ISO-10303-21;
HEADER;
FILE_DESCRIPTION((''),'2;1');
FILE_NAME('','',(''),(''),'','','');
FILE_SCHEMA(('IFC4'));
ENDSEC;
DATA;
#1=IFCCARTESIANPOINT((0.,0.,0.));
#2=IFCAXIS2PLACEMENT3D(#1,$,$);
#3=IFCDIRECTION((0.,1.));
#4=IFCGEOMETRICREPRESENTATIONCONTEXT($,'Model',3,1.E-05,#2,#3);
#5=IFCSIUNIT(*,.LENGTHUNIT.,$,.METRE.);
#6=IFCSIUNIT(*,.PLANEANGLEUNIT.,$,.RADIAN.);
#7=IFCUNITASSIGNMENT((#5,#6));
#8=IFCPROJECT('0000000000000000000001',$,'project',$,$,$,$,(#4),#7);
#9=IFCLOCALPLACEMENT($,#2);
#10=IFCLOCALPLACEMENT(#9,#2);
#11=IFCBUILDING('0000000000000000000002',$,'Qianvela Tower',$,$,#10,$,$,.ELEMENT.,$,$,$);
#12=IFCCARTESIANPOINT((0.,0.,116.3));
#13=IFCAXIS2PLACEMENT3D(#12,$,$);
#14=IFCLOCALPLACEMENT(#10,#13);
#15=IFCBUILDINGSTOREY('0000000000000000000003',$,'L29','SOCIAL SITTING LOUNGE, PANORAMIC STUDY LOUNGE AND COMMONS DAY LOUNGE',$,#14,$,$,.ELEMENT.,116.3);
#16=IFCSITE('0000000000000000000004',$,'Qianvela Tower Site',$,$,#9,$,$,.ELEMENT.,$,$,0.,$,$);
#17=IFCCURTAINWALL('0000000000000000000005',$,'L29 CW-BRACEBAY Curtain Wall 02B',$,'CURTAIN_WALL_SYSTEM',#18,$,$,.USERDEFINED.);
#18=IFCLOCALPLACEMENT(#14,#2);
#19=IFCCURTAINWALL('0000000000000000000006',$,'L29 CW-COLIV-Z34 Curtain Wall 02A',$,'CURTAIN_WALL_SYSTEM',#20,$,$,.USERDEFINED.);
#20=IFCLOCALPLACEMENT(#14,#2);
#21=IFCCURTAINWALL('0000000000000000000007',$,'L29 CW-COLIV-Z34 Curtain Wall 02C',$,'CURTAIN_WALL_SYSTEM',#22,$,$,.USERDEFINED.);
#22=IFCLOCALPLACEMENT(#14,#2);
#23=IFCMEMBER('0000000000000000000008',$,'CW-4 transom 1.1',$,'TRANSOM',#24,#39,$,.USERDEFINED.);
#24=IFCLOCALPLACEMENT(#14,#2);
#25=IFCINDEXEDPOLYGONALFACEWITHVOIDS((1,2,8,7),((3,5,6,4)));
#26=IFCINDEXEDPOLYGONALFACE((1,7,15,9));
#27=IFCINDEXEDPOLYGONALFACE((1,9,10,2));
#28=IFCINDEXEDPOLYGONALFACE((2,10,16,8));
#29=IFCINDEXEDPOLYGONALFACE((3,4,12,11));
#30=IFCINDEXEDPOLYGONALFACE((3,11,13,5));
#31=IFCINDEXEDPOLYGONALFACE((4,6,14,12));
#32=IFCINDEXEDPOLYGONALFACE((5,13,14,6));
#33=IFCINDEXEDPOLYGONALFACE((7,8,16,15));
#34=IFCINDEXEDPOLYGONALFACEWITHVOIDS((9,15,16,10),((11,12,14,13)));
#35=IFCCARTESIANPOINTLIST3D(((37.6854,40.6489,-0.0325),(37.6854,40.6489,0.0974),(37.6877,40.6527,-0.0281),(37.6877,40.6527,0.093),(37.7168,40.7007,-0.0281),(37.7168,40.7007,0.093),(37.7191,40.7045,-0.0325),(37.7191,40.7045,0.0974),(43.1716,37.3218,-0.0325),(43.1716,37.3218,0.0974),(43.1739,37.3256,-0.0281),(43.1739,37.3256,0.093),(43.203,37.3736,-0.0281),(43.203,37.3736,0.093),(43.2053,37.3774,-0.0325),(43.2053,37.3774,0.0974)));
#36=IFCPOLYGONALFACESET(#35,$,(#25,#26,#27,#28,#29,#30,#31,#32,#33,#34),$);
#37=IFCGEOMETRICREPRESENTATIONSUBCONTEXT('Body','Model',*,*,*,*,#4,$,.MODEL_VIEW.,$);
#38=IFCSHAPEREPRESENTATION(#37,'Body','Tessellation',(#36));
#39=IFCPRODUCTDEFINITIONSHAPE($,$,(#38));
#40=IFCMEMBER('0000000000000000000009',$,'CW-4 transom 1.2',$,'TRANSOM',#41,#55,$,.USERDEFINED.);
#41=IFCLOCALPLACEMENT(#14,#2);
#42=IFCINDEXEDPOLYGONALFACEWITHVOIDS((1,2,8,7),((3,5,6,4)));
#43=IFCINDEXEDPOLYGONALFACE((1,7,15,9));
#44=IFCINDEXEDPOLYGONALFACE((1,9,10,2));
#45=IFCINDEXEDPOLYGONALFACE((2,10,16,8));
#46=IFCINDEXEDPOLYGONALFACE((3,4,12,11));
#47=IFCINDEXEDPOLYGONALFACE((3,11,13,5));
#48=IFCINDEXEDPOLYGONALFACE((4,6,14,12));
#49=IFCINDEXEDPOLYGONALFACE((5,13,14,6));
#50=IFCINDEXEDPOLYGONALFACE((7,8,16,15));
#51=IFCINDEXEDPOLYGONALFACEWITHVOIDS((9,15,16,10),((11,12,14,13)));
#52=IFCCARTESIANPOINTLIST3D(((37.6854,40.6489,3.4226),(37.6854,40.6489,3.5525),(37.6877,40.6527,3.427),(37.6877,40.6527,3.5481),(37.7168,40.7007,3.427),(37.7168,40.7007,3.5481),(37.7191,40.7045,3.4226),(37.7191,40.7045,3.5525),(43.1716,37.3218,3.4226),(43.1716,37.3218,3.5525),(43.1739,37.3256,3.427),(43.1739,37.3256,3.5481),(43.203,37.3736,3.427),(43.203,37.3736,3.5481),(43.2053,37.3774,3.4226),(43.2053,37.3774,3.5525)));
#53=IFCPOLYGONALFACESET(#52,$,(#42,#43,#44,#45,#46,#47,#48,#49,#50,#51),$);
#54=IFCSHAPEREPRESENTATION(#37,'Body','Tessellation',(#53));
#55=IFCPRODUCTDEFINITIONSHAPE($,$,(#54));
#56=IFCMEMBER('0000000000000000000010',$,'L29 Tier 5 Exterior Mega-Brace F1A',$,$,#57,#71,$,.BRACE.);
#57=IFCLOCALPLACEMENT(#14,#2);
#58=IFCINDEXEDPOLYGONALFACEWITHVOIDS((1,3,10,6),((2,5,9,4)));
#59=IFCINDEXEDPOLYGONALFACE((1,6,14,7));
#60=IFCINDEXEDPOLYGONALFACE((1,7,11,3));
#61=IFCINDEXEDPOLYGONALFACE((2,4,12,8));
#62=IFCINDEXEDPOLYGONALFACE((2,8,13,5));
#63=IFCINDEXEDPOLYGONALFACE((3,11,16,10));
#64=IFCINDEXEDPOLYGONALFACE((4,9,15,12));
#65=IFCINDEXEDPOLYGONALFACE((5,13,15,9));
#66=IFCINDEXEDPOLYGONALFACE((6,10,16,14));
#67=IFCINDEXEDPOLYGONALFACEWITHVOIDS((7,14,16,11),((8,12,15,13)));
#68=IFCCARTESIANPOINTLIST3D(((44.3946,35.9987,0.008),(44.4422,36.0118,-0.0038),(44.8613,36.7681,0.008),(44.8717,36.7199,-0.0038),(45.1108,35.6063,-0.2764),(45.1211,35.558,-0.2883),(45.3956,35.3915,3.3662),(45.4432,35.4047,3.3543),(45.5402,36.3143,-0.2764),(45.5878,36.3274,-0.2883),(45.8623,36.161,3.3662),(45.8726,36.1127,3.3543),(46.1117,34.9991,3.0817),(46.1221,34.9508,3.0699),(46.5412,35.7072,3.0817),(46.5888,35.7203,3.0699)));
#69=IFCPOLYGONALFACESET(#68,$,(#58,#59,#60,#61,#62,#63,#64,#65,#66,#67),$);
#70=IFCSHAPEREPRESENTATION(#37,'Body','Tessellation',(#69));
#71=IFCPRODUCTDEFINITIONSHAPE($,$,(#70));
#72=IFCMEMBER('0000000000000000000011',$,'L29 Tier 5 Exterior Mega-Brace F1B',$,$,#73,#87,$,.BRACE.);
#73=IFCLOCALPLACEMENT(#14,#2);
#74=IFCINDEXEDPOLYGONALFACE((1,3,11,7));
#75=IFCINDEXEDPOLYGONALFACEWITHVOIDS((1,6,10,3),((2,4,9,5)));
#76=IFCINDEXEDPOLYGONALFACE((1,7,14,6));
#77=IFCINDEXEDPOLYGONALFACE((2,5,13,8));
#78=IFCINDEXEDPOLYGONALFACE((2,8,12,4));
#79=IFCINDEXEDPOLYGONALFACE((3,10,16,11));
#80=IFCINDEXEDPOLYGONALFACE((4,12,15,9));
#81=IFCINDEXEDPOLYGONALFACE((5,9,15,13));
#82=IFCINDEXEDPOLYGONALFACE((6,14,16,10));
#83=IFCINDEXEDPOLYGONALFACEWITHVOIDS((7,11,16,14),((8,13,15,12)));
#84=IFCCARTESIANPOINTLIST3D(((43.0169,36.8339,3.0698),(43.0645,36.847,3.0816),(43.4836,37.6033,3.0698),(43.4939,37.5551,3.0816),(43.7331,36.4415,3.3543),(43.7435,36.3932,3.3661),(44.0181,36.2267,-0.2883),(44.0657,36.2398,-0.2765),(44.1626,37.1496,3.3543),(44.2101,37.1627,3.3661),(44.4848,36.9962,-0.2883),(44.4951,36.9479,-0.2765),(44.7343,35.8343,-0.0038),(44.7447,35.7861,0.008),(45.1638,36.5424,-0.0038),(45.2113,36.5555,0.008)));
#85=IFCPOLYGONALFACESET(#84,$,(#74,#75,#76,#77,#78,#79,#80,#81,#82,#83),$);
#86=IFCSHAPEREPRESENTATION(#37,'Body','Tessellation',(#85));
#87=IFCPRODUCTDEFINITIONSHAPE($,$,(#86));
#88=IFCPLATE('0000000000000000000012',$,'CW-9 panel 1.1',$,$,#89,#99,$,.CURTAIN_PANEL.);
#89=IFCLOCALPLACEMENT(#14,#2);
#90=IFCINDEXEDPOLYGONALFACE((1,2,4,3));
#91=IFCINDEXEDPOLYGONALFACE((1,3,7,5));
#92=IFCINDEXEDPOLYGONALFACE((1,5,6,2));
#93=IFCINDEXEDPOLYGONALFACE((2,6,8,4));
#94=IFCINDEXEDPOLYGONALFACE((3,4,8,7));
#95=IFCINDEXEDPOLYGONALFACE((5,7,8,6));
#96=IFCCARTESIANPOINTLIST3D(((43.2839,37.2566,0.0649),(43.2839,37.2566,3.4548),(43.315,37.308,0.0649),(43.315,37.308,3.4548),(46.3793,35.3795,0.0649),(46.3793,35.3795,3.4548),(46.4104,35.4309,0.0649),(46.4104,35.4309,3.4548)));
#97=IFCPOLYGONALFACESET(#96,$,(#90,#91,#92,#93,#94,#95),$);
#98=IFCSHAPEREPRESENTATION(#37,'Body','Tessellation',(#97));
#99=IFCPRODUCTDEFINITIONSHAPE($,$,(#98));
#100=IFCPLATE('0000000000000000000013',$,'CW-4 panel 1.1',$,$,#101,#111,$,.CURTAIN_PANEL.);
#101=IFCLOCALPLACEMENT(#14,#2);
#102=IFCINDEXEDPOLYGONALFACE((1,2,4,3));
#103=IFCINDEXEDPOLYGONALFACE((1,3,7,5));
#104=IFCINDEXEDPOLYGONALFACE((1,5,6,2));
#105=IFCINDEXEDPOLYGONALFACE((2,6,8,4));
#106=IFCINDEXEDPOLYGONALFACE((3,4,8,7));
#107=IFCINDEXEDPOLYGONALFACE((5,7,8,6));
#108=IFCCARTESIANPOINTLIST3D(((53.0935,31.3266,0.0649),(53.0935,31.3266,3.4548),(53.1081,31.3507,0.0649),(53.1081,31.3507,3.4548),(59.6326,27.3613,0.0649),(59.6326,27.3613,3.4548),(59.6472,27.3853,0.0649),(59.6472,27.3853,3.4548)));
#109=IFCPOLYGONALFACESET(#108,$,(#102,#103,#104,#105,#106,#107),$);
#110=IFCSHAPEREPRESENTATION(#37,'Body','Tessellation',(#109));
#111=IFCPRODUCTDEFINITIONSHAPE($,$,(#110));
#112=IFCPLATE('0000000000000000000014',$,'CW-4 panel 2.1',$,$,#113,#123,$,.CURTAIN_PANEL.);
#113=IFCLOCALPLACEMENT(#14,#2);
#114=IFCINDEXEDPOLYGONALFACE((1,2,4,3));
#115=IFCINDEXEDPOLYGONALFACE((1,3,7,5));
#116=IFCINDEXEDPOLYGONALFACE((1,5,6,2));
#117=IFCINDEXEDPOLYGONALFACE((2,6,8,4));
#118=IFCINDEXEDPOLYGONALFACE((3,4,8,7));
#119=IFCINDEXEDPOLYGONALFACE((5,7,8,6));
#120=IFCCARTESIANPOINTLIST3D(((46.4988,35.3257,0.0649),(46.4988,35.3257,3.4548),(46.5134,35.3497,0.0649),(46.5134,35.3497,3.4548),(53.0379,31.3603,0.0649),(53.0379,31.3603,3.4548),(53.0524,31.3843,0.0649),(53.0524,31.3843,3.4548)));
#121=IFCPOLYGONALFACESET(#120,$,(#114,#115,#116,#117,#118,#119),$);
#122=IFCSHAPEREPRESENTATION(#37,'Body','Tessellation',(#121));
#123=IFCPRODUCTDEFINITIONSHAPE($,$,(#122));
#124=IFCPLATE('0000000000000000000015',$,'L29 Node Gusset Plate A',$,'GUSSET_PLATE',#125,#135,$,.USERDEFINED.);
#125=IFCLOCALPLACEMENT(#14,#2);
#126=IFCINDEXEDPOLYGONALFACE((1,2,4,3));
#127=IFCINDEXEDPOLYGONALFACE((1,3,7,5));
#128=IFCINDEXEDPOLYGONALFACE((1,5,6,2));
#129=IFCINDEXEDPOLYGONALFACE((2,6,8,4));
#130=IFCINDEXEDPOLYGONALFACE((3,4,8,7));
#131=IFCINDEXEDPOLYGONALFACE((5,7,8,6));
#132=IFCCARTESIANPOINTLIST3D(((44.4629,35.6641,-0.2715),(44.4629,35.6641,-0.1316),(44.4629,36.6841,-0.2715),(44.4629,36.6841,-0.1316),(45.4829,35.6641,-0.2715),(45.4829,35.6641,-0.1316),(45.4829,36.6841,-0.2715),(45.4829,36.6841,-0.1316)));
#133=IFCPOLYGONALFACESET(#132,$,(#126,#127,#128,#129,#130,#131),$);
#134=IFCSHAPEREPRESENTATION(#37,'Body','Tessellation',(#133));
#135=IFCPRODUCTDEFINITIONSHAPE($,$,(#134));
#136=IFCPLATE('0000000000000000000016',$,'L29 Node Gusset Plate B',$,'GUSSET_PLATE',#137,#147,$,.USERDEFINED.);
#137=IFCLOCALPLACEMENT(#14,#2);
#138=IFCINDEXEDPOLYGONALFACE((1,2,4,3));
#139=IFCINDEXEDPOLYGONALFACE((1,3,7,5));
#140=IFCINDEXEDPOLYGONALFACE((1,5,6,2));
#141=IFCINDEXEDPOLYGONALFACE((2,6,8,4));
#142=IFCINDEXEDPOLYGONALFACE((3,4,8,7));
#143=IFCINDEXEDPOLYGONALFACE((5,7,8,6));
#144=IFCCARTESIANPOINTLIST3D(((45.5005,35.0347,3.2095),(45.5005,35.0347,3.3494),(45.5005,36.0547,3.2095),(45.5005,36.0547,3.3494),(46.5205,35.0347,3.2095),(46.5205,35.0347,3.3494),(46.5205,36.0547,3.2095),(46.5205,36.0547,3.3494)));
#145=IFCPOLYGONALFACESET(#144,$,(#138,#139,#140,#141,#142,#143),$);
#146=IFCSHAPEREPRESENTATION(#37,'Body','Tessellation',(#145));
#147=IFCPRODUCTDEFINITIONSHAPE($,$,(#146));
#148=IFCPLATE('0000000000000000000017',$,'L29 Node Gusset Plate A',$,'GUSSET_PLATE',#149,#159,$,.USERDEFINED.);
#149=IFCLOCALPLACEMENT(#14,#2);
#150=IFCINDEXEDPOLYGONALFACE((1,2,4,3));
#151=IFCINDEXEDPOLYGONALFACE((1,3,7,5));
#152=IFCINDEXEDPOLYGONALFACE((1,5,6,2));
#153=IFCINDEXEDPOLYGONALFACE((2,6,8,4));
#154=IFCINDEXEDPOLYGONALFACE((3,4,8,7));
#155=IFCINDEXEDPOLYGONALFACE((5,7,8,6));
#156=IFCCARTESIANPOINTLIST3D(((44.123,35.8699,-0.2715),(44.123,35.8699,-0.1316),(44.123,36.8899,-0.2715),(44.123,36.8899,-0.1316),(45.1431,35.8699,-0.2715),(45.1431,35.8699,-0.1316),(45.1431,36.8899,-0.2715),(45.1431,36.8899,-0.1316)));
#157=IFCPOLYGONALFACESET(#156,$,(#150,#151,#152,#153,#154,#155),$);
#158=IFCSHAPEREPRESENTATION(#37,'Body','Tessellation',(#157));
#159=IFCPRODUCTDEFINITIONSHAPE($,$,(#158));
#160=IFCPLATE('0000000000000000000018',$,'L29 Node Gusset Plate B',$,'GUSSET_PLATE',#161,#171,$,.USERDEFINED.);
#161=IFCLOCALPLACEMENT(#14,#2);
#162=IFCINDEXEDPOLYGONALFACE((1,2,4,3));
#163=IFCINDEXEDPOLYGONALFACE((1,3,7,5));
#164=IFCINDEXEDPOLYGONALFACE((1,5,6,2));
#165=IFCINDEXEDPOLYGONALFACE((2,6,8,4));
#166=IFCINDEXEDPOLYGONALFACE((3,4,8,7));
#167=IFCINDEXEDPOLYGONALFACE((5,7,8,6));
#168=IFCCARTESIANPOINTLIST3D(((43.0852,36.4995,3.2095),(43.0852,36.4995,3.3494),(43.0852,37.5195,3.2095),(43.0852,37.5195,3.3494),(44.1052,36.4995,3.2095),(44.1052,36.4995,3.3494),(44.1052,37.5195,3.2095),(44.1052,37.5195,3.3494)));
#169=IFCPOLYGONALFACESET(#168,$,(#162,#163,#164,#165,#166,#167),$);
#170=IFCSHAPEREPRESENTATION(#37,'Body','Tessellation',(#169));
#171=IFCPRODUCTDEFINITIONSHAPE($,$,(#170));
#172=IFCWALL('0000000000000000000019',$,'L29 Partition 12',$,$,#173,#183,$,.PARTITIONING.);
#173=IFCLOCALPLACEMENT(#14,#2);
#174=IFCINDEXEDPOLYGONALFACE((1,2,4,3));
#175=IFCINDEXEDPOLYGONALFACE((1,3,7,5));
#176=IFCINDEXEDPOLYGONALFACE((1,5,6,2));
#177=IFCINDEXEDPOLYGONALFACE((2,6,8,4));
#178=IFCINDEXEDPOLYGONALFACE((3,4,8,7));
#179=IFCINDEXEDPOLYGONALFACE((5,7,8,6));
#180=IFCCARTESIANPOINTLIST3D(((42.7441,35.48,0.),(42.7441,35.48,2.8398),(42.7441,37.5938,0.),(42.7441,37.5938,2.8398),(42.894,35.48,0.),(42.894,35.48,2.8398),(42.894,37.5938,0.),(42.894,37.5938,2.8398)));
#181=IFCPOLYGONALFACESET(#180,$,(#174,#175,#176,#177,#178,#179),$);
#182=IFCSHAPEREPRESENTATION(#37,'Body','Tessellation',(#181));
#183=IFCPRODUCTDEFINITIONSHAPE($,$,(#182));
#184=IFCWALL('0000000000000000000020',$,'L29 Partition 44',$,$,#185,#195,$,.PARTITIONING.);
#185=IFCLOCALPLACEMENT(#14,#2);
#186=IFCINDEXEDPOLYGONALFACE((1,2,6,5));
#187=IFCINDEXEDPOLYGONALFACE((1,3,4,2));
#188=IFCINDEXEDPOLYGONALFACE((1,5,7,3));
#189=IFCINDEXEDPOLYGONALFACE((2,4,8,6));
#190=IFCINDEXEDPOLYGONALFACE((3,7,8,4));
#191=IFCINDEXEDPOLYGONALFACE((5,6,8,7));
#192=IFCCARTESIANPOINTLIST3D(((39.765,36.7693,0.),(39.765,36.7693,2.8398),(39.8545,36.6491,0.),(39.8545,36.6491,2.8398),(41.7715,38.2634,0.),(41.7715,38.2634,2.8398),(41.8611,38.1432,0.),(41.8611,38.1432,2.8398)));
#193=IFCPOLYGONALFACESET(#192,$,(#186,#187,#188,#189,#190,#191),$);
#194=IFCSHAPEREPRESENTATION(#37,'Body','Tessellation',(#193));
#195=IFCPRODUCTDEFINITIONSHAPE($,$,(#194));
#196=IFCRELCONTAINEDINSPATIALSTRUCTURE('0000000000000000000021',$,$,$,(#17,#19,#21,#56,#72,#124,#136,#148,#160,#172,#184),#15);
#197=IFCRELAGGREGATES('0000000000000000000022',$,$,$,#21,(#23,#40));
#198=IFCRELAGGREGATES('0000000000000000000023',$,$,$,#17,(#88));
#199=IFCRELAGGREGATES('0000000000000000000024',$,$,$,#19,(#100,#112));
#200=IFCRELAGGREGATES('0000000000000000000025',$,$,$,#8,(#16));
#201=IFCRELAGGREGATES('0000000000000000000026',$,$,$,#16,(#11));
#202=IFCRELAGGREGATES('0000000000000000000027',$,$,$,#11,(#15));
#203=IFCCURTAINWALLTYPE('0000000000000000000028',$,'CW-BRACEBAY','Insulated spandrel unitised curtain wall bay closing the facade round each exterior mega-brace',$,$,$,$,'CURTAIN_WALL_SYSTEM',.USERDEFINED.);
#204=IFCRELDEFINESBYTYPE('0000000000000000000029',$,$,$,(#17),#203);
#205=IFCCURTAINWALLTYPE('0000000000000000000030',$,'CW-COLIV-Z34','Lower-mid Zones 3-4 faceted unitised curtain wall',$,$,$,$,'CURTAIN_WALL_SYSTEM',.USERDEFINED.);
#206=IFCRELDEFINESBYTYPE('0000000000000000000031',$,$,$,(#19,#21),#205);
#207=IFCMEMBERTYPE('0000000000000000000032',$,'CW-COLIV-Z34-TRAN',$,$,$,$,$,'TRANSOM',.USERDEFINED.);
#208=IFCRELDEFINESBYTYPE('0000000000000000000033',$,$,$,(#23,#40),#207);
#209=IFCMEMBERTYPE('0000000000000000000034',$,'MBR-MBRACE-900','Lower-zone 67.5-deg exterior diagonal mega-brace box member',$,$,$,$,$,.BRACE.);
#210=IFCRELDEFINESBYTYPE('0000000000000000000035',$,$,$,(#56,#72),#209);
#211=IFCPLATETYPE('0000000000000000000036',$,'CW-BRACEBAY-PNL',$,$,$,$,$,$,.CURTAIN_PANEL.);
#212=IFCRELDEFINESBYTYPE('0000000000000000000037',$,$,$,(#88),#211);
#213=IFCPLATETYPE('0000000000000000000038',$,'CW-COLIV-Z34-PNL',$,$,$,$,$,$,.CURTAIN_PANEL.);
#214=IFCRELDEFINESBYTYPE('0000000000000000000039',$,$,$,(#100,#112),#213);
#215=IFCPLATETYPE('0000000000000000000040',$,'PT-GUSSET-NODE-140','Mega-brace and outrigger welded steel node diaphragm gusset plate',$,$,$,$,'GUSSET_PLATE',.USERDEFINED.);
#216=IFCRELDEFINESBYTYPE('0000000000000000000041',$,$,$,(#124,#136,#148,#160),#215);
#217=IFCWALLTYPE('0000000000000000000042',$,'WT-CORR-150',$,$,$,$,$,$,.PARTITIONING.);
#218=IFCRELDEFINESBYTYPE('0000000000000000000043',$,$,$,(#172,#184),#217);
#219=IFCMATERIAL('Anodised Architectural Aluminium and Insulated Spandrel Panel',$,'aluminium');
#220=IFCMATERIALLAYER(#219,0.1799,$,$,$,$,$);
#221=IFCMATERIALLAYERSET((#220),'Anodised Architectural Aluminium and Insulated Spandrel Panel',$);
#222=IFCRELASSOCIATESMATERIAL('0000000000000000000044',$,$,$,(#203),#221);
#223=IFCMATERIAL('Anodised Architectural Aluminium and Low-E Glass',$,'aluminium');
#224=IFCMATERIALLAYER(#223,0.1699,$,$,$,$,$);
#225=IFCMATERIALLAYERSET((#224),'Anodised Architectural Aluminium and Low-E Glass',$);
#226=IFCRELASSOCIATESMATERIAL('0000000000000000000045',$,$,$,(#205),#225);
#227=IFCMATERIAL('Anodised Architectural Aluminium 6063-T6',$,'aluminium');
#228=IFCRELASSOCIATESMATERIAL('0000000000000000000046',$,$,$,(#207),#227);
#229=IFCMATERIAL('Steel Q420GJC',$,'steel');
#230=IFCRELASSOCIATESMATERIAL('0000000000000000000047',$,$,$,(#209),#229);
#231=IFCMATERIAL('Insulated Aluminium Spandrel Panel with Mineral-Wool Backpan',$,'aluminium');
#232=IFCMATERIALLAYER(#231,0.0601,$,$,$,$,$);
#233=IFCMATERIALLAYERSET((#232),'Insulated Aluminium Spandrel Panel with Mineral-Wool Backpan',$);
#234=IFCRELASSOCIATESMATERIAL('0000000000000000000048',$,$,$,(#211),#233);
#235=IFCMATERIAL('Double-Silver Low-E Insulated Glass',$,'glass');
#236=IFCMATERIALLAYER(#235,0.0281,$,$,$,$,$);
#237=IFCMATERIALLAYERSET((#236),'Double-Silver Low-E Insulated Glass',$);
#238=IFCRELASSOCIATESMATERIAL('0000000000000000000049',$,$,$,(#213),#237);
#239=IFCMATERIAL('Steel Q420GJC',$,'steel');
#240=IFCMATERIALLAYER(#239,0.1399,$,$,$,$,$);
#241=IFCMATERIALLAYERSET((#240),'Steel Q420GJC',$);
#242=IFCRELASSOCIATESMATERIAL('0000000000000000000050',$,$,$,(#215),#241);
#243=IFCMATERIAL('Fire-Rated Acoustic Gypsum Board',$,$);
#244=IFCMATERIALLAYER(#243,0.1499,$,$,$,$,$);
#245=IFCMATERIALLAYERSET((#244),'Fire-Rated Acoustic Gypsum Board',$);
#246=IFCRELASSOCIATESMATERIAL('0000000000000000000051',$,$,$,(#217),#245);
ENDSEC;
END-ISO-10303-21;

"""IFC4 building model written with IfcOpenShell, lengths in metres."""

from ifc_helpers import new_model, si_unit, direction, frame, frame_2d, origin, origin_2d, place, context, subcontext, project, spatial, rectangle, hollow_rectangle, extrude, material, layer, layer_set, material_profile, profile_set, type_object, element, aggregate, save


model = new_model("IFC4")

# Units and contexts
model_context = context("Model", 3, precision=1e-05, world=origin(), true_north=direction((0.0, 1.0)))
body_context = subcontext(model_context, "Body", "Model", "MODEL_VIEW")
ifc_project = project(units=[si_unit("LENGTHUNIT", "METRE"), si_unit("PLANEANGLEUNIT", "RADIAN")], contexts=[model_context])

# Site, building, storey
site_placement = place(None, origin())
site = spatial("IfcSite", under=ifc_project, at=site_placement, Name="Qianvela Tower Site", CompositionType="ELEMENT", RefElevation=0.0)
building_placement = place(site_placement, origin())
building = spatial("IfcBuilding", under=site, at=building_placement, Name="Qianvela Tower", CompositionType="ELEMENT")
storey_placement = place(building_placement, frame((0.0, 0.0, 116.3)))
storey = spatial("IfcBuildingStorey", under=building, at=storey_placement, Name="L29", Description="SOCIAL SITTING LOUNGE, PANORAMIC STUDY LOUNGE AND COMMONS DAY LOUNGE", CompositionType="ELEMENT", Elevation=116.3)

# Curtain walls
ifc_material_1 = material(Name="Anodised Architectural Aluminium and Insulated Spandrel Panel", Category="aluminium")
ifc_layer_1 = layer(ifc_material_1, 0.1799)
ifc_layer_set_1 = layer_set([ifc_layer_1], Name="Anodised Architectural Aluminium and Insulated Spandrel Panel")
curtain_wall_type_1 = type_object("IfcCurtainWallType", Name="CW-BRACEBAY", Description="Insulated spandrel unitised curtain wall bay closing the facade round each exterior mega-brace", ElementType="CURTAIN_WALL_SYSTEM", PredefinedType="USERDEFINED", material=ifc_layer_set_1)
curtain_wall_1_placement = place(storey_placement, origin())
curtain_wall_1 = element("IfcCurtainWall", 1, at=curtain_wall_1_placement, inside=storey, type_object=curtain_wall_type_1, Name="L29 CW-BRACEBAY Curtain Wall 02B", ObjectType="CURTAIN_WALL_SYSTEM", PredefinedType="USERDEFINED")
ifc_material_2 = material(Name="Anodised Architectural Aluminium and Low-E Glass", Category="aluminium")
ifc_layer_2 = layer(ifc_material_2, 0.1699)
ifc_layer_set_2 = layer_set([ifc_layer_2], Name="Anodised Architectural Aluminium and Low-E Glass")
curtain_wall_type_2 = type_object("IfcCurtainWallType", Name="CW-COLIV-Z34", Description="Lower-mid Zones 3-4 faceted unitised curtain wall", ElementType="CURTAIN_WALL_SYSTEM", PredefinedType="USERDEFINED", material=ifc_layer_set_2)
curtain_wall_2_placement = place(storey_placement, origin())
curtain_wall_2 = element("IfcCurtainWall", 2, at=curtain_wall_2_placement, inside=storey, type_object=curtain_wall_type_2, Name="L29 CW-COLIV-Z34 Curtain Wall 02A", ObjectType="CURTAIN_WALL_SYSTEM", PredefinedType="USERDEFINED")

# Curtain wall
curtain_wall_3_placement = place(storey_placement, origin())
curtain_wall_3 = element("IfcCurtainWall", 3, at=curtain_wall_3_placement, inside=storey, type_object=curtain_wall_type_2, Name="L29 CW-COLIV-Z34 Curtain Wall 02C", ObjectType="CURTAIN_WALL_SYSTEM", PredefinedType="USERDEFINED")

# Members
ifc_material_3 = material(Name="Anodised Architectural Aluminium 6063-T6", Category="aluminium")
ifc_material_profile_1 = material_profile(ifc_material_3, hollow_rectangle(XDim=0.0649, YDim=0.1299, WallThickness=0.0044, at=origin_2d()), Name="ALU-TRAN-65x130")
ifc_profile_set_1 = profile_set([ifc_material_profile_1], Name="Anodised Architectural Aluminium 6063-T6")
member_type_1 = type_object("IfcMemberType", Name="CW-COLIV-Z34-TRAN", ElementType="TRANSOM", PredefinedType="USERDEFINED", material=ifc_profile_set_1)
member_1_placement = place(storey_placement, frame((43.1885, 37.3496, 0.0325), z_axis=(-0.855053, 0.518541, 0.0), x_axis=(-0.518541, -0.855053, 0.0)))
member_1 = element("IfcMember", 4, at=member_1_placement, type_object=member_type_1, Name="CW-4 transom 1.1", ObjectType="TRANSOM", PredefinedType="USERDEFINED", context=body_context, shape_type="SweptSolid", body=[
    extrude(hollow_rectangle(XDim=0.0649, YDim=0.1299, WallThickness=0.0044, at=origin_2d()), origin(), (0.0, 0.0, 1.0), 6.4163),
])
member_2_placement = place(storey_placement, frame((43.1885, 37.3496, 3.4875), z_axis=(-0.855053, 0.518541, 0.0), x_axis=(-0.518541, -0.855053, 0.0)))
member_2 = element("IfcMember", 5, at=member_2_placement, type_object=member_type_1, Name="CW-4 transom 1.2", ObjectType="TRANSOM", PredefinedType="USERDEFINED", context=body_context, shape_type="SweptSolid", body=[
    extrude(hollow_rectangle(XDim=0.0649, YDim=0.1299, WallThickness=0.0044, at=origin_2d()), origin(), (0.0, 0.0, 1.0), 6.4163),
])
aggregate(curtain_wall_3, [member_1, member_2])

# Members
ifc_material_4 = material(Name="Steel Q420GJC", Category="steel")
ifc_material_profile_2 = material_profile(ifc_material_4, hollow_rectangle(XDim=0.8999, YDim=0.8999, WallThickness=0.0359, at=origin_2d()), Name="MBOX-900x900x36")
ifc_profile_set_2 = profile_set([ifc_material_profile_2], Name="Steel Q420GJC")
member_type_2 = type_object("IfcMemberType", Name="MBR-MBRACE-900", Description="Lower-zone 67.5-deg exterior diagonal mega-brace box member", PredefinedType="BRACE", material=ifc_profile_set_2)
for number, where, z_axis, x_axis, name in (
    (6, (44.9912, 36.1631, -0.1401), (0.28146, -0.170729, 0.944263), (0.51863, 0.854999, 0.0), "L29 Tier 5 Exterior Mega-Brace F1A"),
    (7, (44.6147, 36.3911, -0.1401), (-0.281523, 0.170726, 0.944244), (-0.518537, -0.855055, 0.0), "L29 Tier 5 Exterior Mega-Brace F1B"),
):
    element("IfcMember", number, at=place(storey_placement, frame(where, z_axis=z_axis, x_axis=x_axis)), inside=storey, type_object=member_type_2, Name=name, PredefinedType="BRACE", context=body_context, shape_type="SweptSolid", body=[
        extrude(hollow_rectangle(XDim=0.8999, YDim=0.8999, WallThickness=0.0359, at=origin_2d()), origin(), (0.0, 0.0, 1.0), 3.5564),
    ])

# Plates
ifc_material_5 = material(Name="Insulated Aluminium Spandrel Panel with Mineral-Wool Backpan", Category="aluminium")
ifc_layer_3 = layer(ifc_material_5, 0.0601)
ifc_layer_set_3 = layer_set([ifc_layer_3], Name="Insulated Aluminium Spandrel Panel with Mineral-Wool Backpan")
plate_type_1 = type_object("IfcPlateType", Name="CW-BRACEBAY-PNL", PredefinedType="CURTAIN_PANEL", material=ifc_layer_set_3)
plate_1_placement = place(storey_placement, frame((44.8472, 36.3438, 0.0649), z_axis=(0.0, 0.0, 1.0), x_axis=(-0.85506, 0.518529, 0.0)))
plate_1 = element("IfcPlate", 8, at=plate_1_placement, type_object=plate_type_1, Name="CW-9 panel 1.1", PredefinedType="CURTAIN_PANEL", context=body_context, shape_type="SweptSolid", body=[
    extrude(rectangle(XDim=3.6201, YDim=0.0601, at=origin_2d()), origin(), (0.0, 0.0, 1.0), 3.3899),
])
aggregate(curtain_wall_1, [plate_1])
ifc_material_6 = material(Name="Double-Silver Low-E Insulated Glass", Category="glass")
ifc_layer_4 = layer(ifc_material_6, 0.0281)
ifc_layer_set_4 = layer_set([ifc_layer_4], Name="Double-Silver Low-E Insulated Glass")
plate_type_2 = type_object("IfcPlateType", Name="CW-COLIV-Z34-PNL", PredefinedType="CURTAIN_PANEL", material=ifc_layer_set_4)
plate_2_placement = place(storey_placement, frame((56.3704, 29.356, 0.0649), z_axis=(0.0, 0.0, 1.0), x_axis=(-0.855064, 0.518523, 0.0)))
plate_2 = element("IfcPlate", 9, at=plate_2_placement, type_object=plate_type_2, Name="CW-4 panel 1.1", PredefinedType="CURTAIN_PANEL", context=body_context, shape_type="SweptSolid", body=[
    extrude(rectangle(XDim=7.6475, YDim=0.0281, at=origin_2d()), origin(), (0.0, 0.0, 1.0), 3.3899),
])
plate_3_placement = place(storey_placement, frame((49.7756, 33.355, 0.0649), z_axis=(0.0, 0.0, 1.0), x_axis=(-0.855064, 0.518523, 0.0)))
plate_3 = element("IfcPlate", 10, at=plate_3_placement, type_object=plate_type_2, Name="CW-4 panel 2.1", PredefinedType="CURTAIN_PANEL", context=body_context, shape_type="SweptSolid", body=[
    extrude(rectangle(XDim=7.6475, YDim=0.0281, at=origin_2d()), origin(), (0.0, 0.0, 1.0), 3.3899),
])
aggregate(curtain_wall_2, [plate_2, plate_3])

# Plates
ifc_material_7 = material(Name="Steel Q420GJC", Category="steel")
ifc_layer_5 = layer(ifc_material_7, 0.1399)
ifc_layer_set_5 = layer_set([ifc_layer_5], Name="Steel Q420GJC")
plate_type_3 = type_object("IfcPlateType", Name="PT-GUSSET-NODE-140", Description="Mega-brace and outrigger welded steel node diaphragm gusset plate", ElementType="GUSSET_PLATE", PredefinedType="USERDEFINED", material=ifc_layer_set_5)
for number, where, z_axis, x_axis, name in (
    (11, (44.9729, 36.1741, -0.2715), (0.0, 0.0, 1.0), (1.0, 0.0, 0.0), "L29 Node Gusset Plate A"),
    (12, (46.0105, 35.5447, 3.2095), (0.0, 0.0, 1.0), (1.0, 0.0, 0.0), "L29 Node Gusset Plate B"),
    (13, (44.6331, 36.3799, -0.2715), (0.0, 0.0, 1.0), (1.0, 0.0, 0.0), "L29 Node Gusset Plate A"),
    (14, (43.5952, 37.0095, 3.2095), (0.0, 0.0, 1.0), (1.0, 0.0, 0.0), "L29 Node Gusset Plate B"),
):
    element("IfcPlate", number, at=place(storey_placement, frame(where, z_axis=z_axis, x_axis=x_axis)), inside=storey, type_object=plate_type_3, Name=name, ObjectType="GUSSET_PLATE", PredefinedType="USERDEFINED", context=body_context, shape_type="SweptSolid", body=[
        extrude(rectangle(XDim=1.02, YDim=1.02, at=origin_2d()), origin(), (0.0, 0.0, 1.0), 0.1399),
    ])

# Walls
ifc_material_8 = material(Name="Fire-Rated Acoustic Gypsum Board")
ifc_layer_6 = layer(ifc_material_8, 0.1499)
ifc_layer_set_6 = layer_set([ifc_layer_6], Name="Fire-Rated Acoustic Gypsum Board")
wall_type_1 = type_object("IfcWallType", Name="WT-CORR-150", PredefinedType="PARTITIONING", material=ifc_layer_set_6)
wall_1_placement = place(storey_placement, frame((42.8191, 37.5938, 0.0), z_axis=(0.0, 0.0, 1.0), x_axis=(0.0, -1.0, 0.0)))
element("IfcWall", 15, at=wall_1_placement, inside=storey, type_object=wall_type_1, Name="L29 Partition 12", PredefinedType="PARTITIONING", context=body_context, shape_type="SweptSolid", body=[
    extrude(rectangle(XDim=2.1138, YDim=0.1499, at=frame_2d((1.0569, 0.0))), origin(), (0.0, 0.0, 1.0), 2.8398),
])
wall_2_placement = place(storey_placement, frame((41.8164, 38.2034, 0.0), z_axis=(0.0, 0.0, 1.0), x_axis=(-0.802068, -0.597233, 0.0)))
element("IfcWall", 16, at=wall_2_placement, inside=storey, type_object=wall_type_1, Name="L29 Partition 44", PredefinedType="PARTITIONING", context=body_context, shape_type="SweptSolid", body=[
    extrude(rectangle(XDim=2.5017, YDim=0.1499, at=frame_2d((1.251, 0.0))), origin(), (0.0, 0.0, 1.0), 2.8398),
])

save(model, "model.ifc")
